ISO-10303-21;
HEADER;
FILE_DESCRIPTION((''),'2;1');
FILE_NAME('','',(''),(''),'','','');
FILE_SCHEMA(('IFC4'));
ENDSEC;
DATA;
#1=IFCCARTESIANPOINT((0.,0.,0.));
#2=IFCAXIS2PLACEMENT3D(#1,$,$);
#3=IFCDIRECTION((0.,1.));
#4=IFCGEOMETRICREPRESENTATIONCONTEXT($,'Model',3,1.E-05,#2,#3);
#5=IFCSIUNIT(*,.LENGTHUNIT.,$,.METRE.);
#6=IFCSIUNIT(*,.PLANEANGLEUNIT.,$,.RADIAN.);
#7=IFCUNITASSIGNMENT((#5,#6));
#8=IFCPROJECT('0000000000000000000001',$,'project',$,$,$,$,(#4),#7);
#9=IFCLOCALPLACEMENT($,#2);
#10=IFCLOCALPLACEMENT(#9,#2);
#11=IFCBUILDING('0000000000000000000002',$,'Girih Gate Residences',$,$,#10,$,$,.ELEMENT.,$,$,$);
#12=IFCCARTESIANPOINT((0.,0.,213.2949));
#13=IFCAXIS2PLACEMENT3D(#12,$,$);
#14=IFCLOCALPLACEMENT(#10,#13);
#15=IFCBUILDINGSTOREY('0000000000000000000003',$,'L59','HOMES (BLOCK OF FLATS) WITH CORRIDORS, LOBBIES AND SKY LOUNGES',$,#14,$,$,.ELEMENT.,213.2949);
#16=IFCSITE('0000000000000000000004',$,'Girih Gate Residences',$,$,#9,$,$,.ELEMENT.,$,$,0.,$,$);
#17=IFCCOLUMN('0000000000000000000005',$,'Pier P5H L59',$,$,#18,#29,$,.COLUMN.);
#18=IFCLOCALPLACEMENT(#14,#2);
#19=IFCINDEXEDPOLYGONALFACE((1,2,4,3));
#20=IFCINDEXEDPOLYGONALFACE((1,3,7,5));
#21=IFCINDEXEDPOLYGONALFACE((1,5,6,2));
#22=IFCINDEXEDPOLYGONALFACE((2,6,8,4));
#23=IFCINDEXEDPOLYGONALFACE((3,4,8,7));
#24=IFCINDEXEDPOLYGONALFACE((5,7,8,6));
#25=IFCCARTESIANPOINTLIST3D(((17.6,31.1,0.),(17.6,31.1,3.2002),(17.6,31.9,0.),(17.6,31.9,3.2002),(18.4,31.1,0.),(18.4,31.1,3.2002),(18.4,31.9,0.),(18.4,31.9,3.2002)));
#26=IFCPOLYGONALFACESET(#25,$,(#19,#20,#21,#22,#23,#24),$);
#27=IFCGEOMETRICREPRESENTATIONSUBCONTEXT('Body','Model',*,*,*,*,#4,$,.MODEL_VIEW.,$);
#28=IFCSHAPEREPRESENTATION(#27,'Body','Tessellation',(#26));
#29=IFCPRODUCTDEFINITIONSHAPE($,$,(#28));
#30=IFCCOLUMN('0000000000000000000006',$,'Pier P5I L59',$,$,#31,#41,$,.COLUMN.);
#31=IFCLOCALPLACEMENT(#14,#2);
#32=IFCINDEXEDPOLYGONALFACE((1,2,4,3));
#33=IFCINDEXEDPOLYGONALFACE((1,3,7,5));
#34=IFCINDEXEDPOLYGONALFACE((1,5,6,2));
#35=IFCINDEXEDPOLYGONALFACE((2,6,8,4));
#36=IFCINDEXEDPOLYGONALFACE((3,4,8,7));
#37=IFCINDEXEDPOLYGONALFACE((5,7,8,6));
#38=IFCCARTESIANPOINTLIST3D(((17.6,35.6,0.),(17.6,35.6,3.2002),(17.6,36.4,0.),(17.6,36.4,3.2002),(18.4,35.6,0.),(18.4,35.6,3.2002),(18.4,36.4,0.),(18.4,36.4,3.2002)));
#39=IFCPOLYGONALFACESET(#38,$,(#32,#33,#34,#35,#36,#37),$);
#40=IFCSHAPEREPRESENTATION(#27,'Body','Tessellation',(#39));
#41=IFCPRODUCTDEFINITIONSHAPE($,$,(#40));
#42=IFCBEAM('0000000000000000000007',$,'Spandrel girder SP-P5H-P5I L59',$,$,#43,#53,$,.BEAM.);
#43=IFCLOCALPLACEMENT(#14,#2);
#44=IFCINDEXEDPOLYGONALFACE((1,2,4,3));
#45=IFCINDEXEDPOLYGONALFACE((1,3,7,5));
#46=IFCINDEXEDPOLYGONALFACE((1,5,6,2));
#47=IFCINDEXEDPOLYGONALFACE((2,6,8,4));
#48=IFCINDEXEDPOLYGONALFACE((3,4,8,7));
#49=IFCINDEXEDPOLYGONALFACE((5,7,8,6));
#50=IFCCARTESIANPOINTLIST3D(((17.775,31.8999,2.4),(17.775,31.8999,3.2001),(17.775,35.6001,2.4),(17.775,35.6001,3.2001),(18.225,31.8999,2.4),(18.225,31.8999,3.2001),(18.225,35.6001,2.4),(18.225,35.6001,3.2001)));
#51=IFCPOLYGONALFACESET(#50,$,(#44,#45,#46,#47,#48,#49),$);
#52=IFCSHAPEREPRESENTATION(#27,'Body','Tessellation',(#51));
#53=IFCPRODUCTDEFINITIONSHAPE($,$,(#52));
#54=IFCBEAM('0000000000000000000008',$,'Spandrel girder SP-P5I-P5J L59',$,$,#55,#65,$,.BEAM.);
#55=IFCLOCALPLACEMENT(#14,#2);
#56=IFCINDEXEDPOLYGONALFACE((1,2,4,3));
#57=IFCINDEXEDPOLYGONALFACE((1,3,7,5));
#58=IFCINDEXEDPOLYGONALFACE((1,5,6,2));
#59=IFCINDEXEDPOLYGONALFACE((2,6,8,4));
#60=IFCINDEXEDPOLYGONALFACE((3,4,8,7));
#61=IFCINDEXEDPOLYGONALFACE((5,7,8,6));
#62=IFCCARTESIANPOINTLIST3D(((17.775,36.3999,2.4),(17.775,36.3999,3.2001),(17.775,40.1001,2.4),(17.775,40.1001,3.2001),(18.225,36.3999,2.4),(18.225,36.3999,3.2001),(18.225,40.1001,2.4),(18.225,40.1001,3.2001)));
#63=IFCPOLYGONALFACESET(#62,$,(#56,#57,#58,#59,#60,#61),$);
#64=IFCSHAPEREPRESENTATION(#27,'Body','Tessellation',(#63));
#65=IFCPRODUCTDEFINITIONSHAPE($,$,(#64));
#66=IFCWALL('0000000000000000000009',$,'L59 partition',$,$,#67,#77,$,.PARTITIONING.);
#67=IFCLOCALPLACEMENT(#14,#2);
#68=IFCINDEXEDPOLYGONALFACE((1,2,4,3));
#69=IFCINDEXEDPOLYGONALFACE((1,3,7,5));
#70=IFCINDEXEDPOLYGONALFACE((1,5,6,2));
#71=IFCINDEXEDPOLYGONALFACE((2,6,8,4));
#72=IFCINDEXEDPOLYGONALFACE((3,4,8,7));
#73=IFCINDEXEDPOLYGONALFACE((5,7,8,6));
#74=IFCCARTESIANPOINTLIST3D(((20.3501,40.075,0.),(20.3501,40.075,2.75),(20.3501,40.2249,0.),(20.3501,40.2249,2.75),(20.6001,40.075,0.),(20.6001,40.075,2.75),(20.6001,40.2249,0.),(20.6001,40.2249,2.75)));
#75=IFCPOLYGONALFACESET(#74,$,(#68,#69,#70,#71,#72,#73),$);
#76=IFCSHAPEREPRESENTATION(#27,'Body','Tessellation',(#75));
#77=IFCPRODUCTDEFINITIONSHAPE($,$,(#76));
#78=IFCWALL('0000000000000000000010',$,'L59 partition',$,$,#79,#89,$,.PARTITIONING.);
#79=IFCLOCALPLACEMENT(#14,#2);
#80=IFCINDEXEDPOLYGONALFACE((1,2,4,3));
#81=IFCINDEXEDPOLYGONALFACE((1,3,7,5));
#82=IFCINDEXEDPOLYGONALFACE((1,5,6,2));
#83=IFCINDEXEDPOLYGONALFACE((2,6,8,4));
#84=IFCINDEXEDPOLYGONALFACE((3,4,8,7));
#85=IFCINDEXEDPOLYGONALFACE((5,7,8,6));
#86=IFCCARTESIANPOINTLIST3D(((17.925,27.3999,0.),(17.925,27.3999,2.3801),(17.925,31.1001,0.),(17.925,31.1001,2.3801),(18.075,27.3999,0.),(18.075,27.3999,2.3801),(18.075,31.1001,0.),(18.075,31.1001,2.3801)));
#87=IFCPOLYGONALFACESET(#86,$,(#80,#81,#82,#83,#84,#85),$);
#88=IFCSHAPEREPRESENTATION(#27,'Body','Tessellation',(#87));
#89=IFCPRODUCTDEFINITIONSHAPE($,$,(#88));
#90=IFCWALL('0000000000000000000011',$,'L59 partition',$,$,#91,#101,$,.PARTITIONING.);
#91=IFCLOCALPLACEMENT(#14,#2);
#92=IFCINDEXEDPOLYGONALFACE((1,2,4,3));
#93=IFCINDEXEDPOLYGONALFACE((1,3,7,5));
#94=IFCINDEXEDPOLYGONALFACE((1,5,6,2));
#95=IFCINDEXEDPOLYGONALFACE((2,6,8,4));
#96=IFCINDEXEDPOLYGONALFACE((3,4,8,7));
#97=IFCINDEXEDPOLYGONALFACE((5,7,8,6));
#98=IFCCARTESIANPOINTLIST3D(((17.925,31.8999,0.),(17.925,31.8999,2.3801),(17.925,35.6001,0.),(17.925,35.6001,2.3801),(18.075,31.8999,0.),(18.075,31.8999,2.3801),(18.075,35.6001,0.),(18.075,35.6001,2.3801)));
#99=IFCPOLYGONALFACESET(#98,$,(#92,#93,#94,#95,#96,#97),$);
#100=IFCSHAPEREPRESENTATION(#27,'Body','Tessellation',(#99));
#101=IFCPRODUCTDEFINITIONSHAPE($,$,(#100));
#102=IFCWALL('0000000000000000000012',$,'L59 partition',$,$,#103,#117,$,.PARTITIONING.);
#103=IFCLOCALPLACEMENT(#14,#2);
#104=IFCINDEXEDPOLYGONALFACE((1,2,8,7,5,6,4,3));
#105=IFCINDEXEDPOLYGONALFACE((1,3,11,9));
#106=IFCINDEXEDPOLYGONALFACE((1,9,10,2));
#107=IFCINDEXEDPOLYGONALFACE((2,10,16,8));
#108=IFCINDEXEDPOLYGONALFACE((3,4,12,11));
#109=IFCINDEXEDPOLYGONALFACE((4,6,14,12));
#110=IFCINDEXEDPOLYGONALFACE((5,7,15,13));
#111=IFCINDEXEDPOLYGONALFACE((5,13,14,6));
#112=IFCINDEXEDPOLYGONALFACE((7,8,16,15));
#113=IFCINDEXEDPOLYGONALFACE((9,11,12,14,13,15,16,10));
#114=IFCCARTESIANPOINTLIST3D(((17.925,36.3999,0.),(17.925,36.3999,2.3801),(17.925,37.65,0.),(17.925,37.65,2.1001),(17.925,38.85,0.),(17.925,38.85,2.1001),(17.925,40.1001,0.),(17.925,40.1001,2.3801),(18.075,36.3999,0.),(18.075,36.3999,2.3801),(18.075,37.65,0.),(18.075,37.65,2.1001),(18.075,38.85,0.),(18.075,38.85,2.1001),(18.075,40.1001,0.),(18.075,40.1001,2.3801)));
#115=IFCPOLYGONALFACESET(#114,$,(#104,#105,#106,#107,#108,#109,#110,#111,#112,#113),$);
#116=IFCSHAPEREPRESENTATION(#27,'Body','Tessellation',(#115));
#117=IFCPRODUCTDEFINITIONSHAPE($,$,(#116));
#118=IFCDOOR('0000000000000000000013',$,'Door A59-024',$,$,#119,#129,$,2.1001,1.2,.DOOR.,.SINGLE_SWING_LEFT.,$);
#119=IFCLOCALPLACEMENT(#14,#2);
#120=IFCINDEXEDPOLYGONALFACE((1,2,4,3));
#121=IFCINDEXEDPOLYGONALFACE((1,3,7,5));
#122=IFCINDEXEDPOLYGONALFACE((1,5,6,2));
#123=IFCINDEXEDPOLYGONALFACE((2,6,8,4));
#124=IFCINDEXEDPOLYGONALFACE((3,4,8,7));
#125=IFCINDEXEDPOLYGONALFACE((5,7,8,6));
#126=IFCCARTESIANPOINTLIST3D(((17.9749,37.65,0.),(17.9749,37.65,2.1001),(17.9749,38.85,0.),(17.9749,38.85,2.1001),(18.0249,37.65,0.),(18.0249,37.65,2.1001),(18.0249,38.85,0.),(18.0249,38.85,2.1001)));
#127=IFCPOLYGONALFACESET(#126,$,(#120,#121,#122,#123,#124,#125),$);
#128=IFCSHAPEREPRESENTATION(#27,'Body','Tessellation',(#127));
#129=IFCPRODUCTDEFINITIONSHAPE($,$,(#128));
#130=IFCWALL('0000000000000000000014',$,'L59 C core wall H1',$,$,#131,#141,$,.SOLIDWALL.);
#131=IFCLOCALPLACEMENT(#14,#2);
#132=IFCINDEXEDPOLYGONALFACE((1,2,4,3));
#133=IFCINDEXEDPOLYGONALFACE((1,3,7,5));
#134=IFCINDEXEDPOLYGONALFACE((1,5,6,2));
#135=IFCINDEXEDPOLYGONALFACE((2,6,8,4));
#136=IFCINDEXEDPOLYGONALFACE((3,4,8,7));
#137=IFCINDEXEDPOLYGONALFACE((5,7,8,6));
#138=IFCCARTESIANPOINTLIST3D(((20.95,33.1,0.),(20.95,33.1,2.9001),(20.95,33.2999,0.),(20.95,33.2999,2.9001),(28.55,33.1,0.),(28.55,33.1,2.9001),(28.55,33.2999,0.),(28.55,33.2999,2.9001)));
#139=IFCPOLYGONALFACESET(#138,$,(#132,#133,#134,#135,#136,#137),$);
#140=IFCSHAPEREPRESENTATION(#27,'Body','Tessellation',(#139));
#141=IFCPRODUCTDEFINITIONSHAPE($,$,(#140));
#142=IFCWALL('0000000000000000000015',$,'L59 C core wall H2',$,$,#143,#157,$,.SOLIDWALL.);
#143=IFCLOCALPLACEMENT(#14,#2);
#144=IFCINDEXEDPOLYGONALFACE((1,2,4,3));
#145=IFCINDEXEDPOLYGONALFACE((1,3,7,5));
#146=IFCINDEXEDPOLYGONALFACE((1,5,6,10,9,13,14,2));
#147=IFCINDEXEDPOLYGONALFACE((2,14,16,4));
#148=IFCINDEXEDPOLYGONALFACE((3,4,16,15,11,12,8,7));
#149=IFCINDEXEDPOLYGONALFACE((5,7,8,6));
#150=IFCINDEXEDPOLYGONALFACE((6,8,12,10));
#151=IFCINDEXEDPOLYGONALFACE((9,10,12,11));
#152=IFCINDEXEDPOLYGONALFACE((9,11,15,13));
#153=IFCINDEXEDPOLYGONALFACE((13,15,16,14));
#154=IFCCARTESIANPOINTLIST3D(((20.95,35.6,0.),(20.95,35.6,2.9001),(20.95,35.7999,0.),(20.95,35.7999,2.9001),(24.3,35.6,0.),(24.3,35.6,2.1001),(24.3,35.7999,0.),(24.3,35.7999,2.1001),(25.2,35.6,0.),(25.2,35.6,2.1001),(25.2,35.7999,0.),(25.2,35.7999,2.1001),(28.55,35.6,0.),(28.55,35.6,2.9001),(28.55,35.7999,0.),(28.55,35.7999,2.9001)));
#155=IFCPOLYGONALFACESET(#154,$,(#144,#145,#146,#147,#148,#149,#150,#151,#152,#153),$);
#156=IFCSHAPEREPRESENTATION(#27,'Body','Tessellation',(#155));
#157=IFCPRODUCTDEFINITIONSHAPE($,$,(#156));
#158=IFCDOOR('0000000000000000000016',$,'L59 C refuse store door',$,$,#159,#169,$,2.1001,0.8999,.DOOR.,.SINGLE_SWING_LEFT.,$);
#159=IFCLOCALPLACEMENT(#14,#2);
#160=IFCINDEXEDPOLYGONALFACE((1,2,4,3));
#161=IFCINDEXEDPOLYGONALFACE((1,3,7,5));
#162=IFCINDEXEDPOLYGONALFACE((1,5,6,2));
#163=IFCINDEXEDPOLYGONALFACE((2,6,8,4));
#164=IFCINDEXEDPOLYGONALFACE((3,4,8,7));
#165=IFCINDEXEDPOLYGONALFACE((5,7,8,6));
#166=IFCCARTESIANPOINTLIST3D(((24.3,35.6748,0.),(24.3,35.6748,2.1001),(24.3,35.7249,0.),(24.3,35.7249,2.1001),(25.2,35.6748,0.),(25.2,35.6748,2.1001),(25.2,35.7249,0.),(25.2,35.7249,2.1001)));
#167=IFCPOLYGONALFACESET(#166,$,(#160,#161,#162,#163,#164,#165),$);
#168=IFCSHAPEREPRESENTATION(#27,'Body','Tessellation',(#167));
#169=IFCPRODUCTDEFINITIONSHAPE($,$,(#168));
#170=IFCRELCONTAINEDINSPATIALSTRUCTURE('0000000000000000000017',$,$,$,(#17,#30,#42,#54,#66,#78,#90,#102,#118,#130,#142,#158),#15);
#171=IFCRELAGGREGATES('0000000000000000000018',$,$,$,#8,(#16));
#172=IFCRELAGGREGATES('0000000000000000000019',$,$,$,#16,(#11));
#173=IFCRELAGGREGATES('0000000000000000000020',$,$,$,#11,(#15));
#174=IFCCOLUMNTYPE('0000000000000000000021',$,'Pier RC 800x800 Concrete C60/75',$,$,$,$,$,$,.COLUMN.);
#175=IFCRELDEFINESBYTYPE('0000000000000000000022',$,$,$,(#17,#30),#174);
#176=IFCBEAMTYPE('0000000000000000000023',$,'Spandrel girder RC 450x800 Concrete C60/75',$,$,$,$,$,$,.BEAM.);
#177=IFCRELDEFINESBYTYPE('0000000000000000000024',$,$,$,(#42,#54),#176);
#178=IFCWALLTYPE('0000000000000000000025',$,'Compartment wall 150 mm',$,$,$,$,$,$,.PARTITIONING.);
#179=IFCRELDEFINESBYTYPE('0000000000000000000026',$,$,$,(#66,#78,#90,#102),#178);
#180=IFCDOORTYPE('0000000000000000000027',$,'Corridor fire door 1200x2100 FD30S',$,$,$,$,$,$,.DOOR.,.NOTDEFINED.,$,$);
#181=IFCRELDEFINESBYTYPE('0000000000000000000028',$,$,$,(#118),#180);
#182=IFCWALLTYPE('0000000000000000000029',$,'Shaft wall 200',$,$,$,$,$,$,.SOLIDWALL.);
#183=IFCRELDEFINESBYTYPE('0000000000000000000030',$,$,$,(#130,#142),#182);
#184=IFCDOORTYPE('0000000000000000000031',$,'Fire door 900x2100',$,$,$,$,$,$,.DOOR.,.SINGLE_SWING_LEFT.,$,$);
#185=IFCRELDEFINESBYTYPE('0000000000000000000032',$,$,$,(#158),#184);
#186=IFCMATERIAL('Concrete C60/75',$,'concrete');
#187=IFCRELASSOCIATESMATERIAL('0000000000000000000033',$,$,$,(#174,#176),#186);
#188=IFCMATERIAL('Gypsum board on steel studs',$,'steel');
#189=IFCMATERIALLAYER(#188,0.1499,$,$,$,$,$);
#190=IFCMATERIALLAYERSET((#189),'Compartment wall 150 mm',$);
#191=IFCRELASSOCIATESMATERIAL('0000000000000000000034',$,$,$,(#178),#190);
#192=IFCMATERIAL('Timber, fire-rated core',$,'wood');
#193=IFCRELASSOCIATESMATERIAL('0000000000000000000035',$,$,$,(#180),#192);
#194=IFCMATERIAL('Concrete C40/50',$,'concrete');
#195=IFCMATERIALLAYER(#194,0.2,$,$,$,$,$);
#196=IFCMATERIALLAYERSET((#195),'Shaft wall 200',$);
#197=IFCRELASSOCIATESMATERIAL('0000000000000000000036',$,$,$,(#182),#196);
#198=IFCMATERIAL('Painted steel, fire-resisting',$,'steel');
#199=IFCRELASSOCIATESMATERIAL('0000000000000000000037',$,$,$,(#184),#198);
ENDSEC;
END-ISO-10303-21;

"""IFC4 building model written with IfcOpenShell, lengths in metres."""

from ifc_helpers import new_model, si_unit, direction, frame, frame_2d, origin, origin_2d, place, context, subcontext, project, spatial, rectangle, extrude, material, layer, layer_set, material_profile, profile_set, type_object, element, fill, save


model = new_model("IFC4")

# Units and contexts
model_context = context("Model", 3, precision=1e-05, world=origin(), true_north=direction((0.0, 1.0)))
body_context = subcontext(model_context, "Body", "Model", "MODEL_VIEW")
ifc_project = project(units=[si_unit("LENGTHUNIT", "METRE"), si_unit("PLANEANGLEUNIT", "RADIAN")], contexts=[model_context])

# Site, building, storey
site_placement = place(None, origin())
site = spatial("IfcSite", under=ifc_project, at=site_placement, Name="Girih Gate Residences", CompositionType="ELEMENT", RefElevation=0.0)
building_placement = place(site_placement, origin())
building = spatial("IfcBuilding", under=site, at=building_placement, Name="Girih Gate Residences", CompositionType="ELEMENT")
storey_placement = place(building_placement, frame((0.0, 0.0, 213.2949)))
storey = spatial("IfcBuildingStorey", under=building, at=storey_placement, Name="L59", Description="HOMES (BLOCK OF FLATS) WITH CORRIDORS, LOBBIES AND SKY LOUNGES", CompositionType="ELEMENT", Elevation=213.2949)

# Columns
ifc_material_1 = material(Name="Concrete C60/75", Category="concrete")
ifc_material_profile_1 = material_profile(ifc_material_1, rectangle(XDim=0.8, YDim=0.8, at=origin_2d()))
ifc_profile_set_1 = profile_set([ifc_material_profile_1], Name="Concrete C60/75")
column_type = type_object("IfcColumnType", Name="Pier RC 800x800 Concrete C60/75", PredefinedType="COLUMN", material=ifc_profile_set_1)
for number, where, z_axis, x_axis, name in (
    (1, (18.0, 31.5, 0.0), (0.0, 0.0, 1.0), (1.0, 0.0, 0.0), "Pier P5H L59"),
    (2, (18.0, 36.0, 0.0), (0.0, 0.0, 1.0), (1.0, 0.0, 0.0), "Pier P5I L59"),
):
    element("IfcColumn", number, at=place(storey_placement, frame(where, z_axis=z_axis, x_axis=x_axis)), inside=storey, type_object=column_type, Name=name, PredefinedType="COLUMN", context=body_context, shape_type="SweptSolid", body=[
        extrude(rectangle(XDim=0.8, YDim=0.8, at=origin_2d()), origin(), (0.0, 0.0, 1.0), 3.2002),
    ])

# Beams
ifc_material_profile_2 = material_profile(ifc_material_1, rectangle(XDim=0.45, YDim=0.8, at=origin_2d()))
ifc_profile_set_2 = profile_set([ifc_material_profile_2], Name="Concrete C60/75")
beam_type = type_object("IfcBeamType", Name="Spandrel girder RC 450x800 Concrete C60/75", PredefinedType="BEAM", material=ifc_profile_set_2)
for number, where, z_axis, x_axis, name in (
    (3, (18.0, 31.8999, 2.8), (0.0, 1.0, 0.0), (-1.0, 0.0, 0.0), "Spandrel girder SP-P5H-P5I L59"),
    (4, (18.0, 36.3999, 2.8), (0.0, 1.0, 0.0), (-1.0, 0.0, 0.0), "Spandrel girder SP-P5I-P5J L59"),
):
    element("IfcBeam", number, at=place(storey_placement, frame(where, z_axis=z_axis, x_axis=x_axis)), inside=storey, type_object=beam_type, Name=name, PredefinedType="BEAM", context=body_context, shape_type="SweptSolid", body=[
        extrude(rectangle(XDim=0.45, YDim=0.8, at=origin_2d()), origin(), (0.0, 0.0, 1.0), 3.7002),
    ])

# Shared definitions
ifc_material_2 = material(Name="Gypsum board on steel studs", Category="steel")
ifc_layer_1 = layer(ifc_material_2, 0.1499)
ifc_layer_set_1 = layer_set([ifc_layer_1], Name="Compartment wall 150 mm")
wall_type_1 = type_object("IfcWallType", Name="Compartment wall 150 mm", PredefinedType="PARTITIONING", material=ifc_layer_set_1)
ifc_material_3 = material(Name="Timber, fire-rated core", Category="wood")

# Walls
wall_1_placement = place(storey_placement, frame((20.3501, 40.1499, 0.0), z_axis=(0.0, 0.0, 1.0), x_axis=(1.0, 0.0, 0.0)))
element("IfcWall", 5, at=wall_1_placement, inside=storey, type_object=wall_type_1, Name="L59 partition", PredefinedType="PARTITIONING", context=body_context, shape_type="SweptSolid", body=[
    extrude(rectangle(XDim=0.25, YDim=0.1499, at=frame_2d((0.125, 0.0))), origin(), (0.0, 0.0, 1.0), 2.75),
])
for number, where, z_axis, x_axis, name in (
    (6, (18.0, 27.3999, 0.0), (0.0, 0.0, 1.0), (0.0, 1.0, 0.0), "L59 partition"),
    (7, (18.0, 31.8999, 0.0), (0.0, 0.0, 1.0), (0.0, 1.0, 0.0), "L59 partition"),
):
    element("IfcWall", number, at=place(storey_placement, frame(where, z_axis=z_axis, x_axis=x_axis)), inside=storey, type_object=wall_type_1, Name=name, PredefinedType="PARTITIONING", context=body_context, shape_type="SweptSolid", body=[
        extrude(rectangle(XDim=3.7002, YDim=0.1499, at=frame_2d((1.8501, 0.0))), origin(), (0.0, 0.0, 1.0), 2.3801),
    ])

# Wall, opening, door
wall_2_placement = place(storey_placement, frame((18.0, 40.1001, 0.0), z_axis=(0.0, 0.0, 1.0), x_axis=(0.0, -1.0, 0.0)))
wall_2 = element("IfcWall", 8, at=wall_2_placement, inside=storey, type_object=wall_type_1, Name="L59 partition", PredefinedType="PARTITIONING", context=body_context, shape_type="SweptSolid", body=[
    extrude(rectangle(XDim=3.7002, YDim=0.1499, at=frame_2d((1.8501, 0.0))), origin(), (0.0, 0.0, 1.0), 2.3801),
])
opening_1_placement = place(wall_2_placement, frame((1.25, 0.0, 0.0)))
opening_1 = element("IfcOpeningElement", 9, at=opening_1_placement, cuts=wall_2, PredefinedType="OPENING", context=body_context, shape_type="SweptSolid", body=[
    extrude(rectangle(XDim=1.2, YDim=2.1001, at=frame_2d((0.6001, 1.05))), frame((0.0, 0.085, 0.0), z_axis=(0.0, -1.0, 0.0), x_axis=(1.0, 0.0, 0.0)), (0.0, 0.0, 1.0), 0.1699),
])
door_type_1 = type_object("IfcDoorType", Name="Corridor fire door 1200x2100 FD30S", OperationType="NOTDEFINED", PredefinedType="DOOR", material=ifc_material_3)
door_1_placement = place(opening_1_placement, origin())
door_1 = element("IfcDoor", 10, at=door_1_placement, inside=storey, type_object=door_type_1, Name="Door A59-024", OperationType="SINGLE_SWING_LEFT", OverallHeight=2.1001, OverallWidth=1.2, PredefinedType="DOOR", context=body_context, shape_type="SweptSolid", body=[
    extrude(rectangle(XDim=1.2, YDim=2.1001, at=frame_2d((0.6001, 1.05))), frame((0.0, 0.0249, 0.0), z_axis=(0.0, -1.0, 0.0), x_axis=(1.0, 0.0, 0.0)), (0.0, 0.0, 1.0), 0.05),
])
fill(opening_1, door_1)

# Wall
ifc_material_4 = material(Name="Concrete C40/50", Category="concrete")
ifc_layer_2 = layer(ifc_material_4, 0.2)
ifc_layer_set_2 = layer_set([ifc_layer_2], Name="Shaft wall 200")
wall_type_2 = type_object("IfcWallType", Name="Shaft wall 200", PredefinedType="SOLIDWALL", material=ifc_layer_set_2)
wall_3_placement = place(storey_placement, frame((20.95, 33.2, 0.0), z_axis=(0.0, 0.0, 1.0), x_axis=(1.0, 0.0, 0.0)))
element("IfcWall", 11, at=wall_3_placement, inside=storey, type_object=wall_type_2, Name="L59 C core wall H1", PredefinedType="SOLIDWALL", context=body_context, shape_type="SweptSolid", body=[
    extrude(rectangle(XDim=7.6001, YDim=0.2, at=frame_2d((3.8, 0.0))), origin(), (0.0, 0.0, 1.0), 2.9001),
])

# Wall, opening, door
wall_4_placement = place(storey_placement, frame((20.95, 35.7, 0.0), z_axis=(0.0, 0.0, 1.0), x_axis=(1.0, 0.0, 0.0)))
wall_4 = element("IfcWall", 12, at=wall_4_placement, inside=storey, type_object=wall_type_2, Name="L59 C core wall H2", PredefinedType="SOLIDWALL", context=body_context, shape_type="SweptSolid", body=[
    extrude(rectangle(XDim=7.6001, YDim=0.2, at=frame_2d((3.8, 0.0))), origin(), (0.0, 0.0, 1.0), 2.9001),
])
opening_2_placement = place(wall_4_placement, frame((3.3501, 0.0, 0.0)))
opening_2 = element("IfcOpeningElement", 13, at=opening_2_placement, cuts=wall_4, PredefinedType="OPENING", context=body_context, shape_type="SweptSolid", body=[
    extrude(rectangle(XDim=0.8999, YDim=2.1001, at=frame_2d((0.45, 1.05))), frame((0.0, 0.1099, 0.0), z_axis=(0.0, -1.0, 0.0), x_axis=(1.0, 0.0, 0.0)), (0.0, 0.0, 1.0), 0.22),
])
ifc_material_5 = material(Name="Painted steel, fire-resisting", Category="steel")
door_type_2 = type_object("IfcDoorType", Name="Fire door 900x2100", OperationType="SINGLE_SWING_LEFT", PredefinedType="DOOR", material=ifc_material_5)
door_2_placement = place(opening_2_placement, origin())
door_2 = element("IfcDoor", 14, at=door_2_placement, inside=storey, type_object=door_type_2, Name="L59 C refuse store door", OperationType="SINGLE_SWING_LEFT", OverallHeight=2.1001, OverallWidth=0.8999, PredefinedType="DOOR", context=body_context, shape_type="SweptSolid", body=[
    extrude(rectangle(XDim=0.8999, YDim=2.1001, at=frame_2d((0.45, 1.05))), frame((0.0, 0.0249, 0.0), z_axis=(0.0, -1.0, 0.0), x_axis=(1.0, 0.0, 0.0)), (0.0, 0.0, 1.0), 0.05),
])
fill(opening_2, door_2)

save(model, "model.ifc")
